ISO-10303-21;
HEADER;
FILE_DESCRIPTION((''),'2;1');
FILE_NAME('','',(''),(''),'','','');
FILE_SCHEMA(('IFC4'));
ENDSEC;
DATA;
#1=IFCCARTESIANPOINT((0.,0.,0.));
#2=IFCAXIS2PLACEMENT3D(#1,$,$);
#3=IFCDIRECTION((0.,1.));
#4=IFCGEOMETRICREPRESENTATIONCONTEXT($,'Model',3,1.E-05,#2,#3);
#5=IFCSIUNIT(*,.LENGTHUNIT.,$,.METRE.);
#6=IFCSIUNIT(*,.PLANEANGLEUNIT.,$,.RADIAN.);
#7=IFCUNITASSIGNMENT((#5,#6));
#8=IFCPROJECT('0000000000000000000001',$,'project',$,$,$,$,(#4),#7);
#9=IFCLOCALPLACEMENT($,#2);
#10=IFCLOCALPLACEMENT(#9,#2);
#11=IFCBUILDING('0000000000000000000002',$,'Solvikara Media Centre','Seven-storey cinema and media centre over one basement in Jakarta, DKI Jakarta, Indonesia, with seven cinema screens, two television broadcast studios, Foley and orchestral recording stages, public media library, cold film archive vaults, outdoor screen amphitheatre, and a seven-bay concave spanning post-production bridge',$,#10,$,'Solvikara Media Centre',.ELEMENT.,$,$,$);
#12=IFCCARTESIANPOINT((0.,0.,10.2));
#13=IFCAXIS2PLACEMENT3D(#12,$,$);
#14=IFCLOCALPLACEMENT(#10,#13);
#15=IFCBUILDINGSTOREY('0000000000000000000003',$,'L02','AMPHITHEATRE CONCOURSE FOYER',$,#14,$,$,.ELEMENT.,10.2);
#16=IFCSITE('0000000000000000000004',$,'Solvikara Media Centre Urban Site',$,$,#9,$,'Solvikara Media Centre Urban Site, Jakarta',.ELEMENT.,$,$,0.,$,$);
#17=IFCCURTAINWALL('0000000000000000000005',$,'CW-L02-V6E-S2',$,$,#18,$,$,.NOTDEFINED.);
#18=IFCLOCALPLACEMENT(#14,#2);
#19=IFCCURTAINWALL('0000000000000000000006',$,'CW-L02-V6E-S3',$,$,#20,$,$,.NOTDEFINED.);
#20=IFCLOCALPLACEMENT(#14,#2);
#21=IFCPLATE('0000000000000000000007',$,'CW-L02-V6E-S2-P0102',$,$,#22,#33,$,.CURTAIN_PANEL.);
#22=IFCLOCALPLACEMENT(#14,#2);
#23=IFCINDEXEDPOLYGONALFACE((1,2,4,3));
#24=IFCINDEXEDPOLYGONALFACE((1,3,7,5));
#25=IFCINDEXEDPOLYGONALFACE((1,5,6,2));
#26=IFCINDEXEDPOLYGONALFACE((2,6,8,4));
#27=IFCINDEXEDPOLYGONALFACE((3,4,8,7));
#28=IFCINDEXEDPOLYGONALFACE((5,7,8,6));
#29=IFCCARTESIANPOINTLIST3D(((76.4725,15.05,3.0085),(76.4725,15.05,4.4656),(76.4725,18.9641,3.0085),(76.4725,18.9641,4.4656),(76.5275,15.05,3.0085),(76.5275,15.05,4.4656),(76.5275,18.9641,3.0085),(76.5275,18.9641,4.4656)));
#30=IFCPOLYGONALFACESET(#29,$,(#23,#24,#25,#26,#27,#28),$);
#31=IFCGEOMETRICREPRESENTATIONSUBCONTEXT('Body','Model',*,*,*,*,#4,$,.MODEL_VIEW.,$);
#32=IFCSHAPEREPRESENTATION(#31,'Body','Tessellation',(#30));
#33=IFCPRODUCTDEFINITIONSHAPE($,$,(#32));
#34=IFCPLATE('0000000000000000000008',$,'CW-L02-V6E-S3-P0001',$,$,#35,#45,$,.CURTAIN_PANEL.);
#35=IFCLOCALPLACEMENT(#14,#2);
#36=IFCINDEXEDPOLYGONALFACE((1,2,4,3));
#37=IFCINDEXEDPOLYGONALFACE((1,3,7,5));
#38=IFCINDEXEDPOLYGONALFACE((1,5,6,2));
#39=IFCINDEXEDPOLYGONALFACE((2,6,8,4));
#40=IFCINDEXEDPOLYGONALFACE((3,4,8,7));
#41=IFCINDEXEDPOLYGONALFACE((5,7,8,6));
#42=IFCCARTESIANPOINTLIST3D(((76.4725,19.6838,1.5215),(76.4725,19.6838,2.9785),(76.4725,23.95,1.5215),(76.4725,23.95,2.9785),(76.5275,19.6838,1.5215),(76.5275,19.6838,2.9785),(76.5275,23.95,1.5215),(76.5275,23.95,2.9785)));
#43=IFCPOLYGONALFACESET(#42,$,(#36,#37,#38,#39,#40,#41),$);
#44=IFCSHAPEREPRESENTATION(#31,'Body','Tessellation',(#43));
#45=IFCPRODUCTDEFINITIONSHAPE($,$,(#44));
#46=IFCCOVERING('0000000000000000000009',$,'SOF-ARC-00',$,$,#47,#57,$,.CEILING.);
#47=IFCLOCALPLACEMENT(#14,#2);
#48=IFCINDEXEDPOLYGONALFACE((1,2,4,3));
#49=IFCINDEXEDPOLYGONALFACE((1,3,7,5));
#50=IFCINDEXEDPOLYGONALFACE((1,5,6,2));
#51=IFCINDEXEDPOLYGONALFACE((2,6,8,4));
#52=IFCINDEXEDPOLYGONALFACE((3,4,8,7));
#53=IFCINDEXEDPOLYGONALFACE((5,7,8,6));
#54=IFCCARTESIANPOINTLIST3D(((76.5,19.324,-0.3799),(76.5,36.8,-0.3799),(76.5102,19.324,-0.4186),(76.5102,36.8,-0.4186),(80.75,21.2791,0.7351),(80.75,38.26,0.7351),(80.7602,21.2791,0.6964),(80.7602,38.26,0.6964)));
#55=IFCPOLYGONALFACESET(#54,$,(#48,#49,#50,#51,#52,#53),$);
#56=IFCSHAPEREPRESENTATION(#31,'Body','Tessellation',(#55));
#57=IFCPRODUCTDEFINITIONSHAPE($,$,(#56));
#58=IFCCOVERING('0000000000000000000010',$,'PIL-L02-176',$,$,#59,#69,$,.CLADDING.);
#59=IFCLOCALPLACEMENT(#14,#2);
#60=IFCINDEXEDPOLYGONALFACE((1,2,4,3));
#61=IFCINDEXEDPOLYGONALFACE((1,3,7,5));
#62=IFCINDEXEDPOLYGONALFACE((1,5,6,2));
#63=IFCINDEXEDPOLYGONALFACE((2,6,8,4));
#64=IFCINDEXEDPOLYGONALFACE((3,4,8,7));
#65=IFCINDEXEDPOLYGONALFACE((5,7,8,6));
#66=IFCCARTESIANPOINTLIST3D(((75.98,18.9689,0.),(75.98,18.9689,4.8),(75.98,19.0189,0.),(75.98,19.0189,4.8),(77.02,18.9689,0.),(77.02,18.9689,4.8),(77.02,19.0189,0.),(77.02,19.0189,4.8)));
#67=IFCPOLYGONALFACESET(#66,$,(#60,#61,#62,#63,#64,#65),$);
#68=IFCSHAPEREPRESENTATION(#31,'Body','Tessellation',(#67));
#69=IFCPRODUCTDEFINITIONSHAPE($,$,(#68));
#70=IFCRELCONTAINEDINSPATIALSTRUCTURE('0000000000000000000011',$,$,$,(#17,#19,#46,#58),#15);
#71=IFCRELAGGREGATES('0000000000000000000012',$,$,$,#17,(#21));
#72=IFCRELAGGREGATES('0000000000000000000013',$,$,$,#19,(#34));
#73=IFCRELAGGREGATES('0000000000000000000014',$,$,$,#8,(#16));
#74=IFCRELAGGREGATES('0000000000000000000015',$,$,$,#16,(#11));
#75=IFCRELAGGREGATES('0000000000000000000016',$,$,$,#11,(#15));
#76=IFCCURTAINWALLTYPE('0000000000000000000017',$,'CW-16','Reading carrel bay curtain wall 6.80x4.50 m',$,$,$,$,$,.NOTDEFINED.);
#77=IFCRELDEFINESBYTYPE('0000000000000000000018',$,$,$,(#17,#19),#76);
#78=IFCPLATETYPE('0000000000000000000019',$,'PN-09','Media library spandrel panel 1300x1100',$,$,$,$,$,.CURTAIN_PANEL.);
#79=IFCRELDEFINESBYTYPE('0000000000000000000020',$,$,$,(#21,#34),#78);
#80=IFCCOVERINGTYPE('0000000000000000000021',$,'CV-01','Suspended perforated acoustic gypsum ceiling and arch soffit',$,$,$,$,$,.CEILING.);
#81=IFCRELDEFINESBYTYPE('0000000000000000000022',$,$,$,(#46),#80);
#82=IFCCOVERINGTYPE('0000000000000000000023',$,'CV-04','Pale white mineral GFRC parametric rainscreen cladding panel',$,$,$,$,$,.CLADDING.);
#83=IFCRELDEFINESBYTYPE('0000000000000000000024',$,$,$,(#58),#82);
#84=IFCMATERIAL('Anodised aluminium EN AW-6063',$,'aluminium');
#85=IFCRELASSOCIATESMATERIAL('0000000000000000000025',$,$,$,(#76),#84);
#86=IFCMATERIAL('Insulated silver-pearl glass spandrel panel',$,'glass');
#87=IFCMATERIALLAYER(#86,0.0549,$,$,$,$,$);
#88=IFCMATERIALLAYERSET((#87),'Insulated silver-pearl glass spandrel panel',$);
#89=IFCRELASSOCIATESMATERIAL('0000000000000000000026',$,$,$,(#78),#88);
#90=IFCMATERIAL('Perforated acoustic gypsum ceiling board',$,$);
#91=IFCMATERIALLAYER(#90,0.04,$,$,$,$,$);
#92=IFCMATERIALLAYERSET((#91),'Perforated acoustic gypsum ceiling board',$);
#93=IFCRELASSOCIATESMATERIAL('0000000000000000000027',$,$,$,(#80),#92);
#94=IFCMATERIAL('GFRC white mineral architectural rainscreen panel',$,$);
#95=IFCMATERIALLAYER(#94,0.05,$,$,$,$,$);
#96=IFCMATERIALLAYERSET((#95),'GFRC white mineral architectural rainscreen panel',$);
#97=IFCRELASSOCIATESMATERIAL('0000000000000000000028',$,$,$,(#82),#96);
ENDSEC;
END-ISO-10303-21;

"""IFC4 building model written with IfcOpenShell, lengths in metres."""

from ifc_helpers import new_model, si_unit, direction, frame, origin, origin_2d, place, context, subcontext, project, spatial, polyline, rectangle, outline, extrude, material, layer, layer_set, type_object, element, aggregate, save


model = new_model("IFC4")

# Units and contexts
model_context = context("Model", 3, precision=1e-05, world=origin(), true_north=direction((0.0, 1.0)))
body_context = subcontext(model_context, "Body", "Model", "MODEL_VIEW")
ifc_project = project(units=[si_unit("LENGTHUNIT", "METRE"), si_unit("PLANEANGLEUNIT", "RADIAN")], contexts=[model_context])

# Site, building, storey
site_placement = place(None, origin())
site = spatial("IfcSite", under=ifc_project, at=site_placement, Name="Solvikara Media Centre Urban Site", LongName="Solvikara Media Centre Urban Site, Jakarta", CompositionType="ELEMENT", RefElevation=0.0)
building_placement = place(site_placement, origin())
building = spatial("IfcBuilding", under=site, at=building_placement, Name="Solvikara Media Centre", Description="Seven-storey cinema and media centre over one basement in Jakarta, DKI Jakarta, Indonesia, with seven cinema screens, two television broadcast studios, Foley and orchestral recording stages, public media library, cold film archive vaults, outdoor screen amphitheatre, and a seven-bay concave spanning post-production bridge", LongName="Solvikara Media Centre", CompositionType="ELEMENT")
storey_placement = place(building_placement, frame((0.0, 0.0, 10.2)))
storey = spatial("IfcBuildingStorey", under=building, at=storey_placement, Name="L02", Description="AMPHITHEATRE CONCOURSE FOYER", CompositionType="ELEMENT", Elevation=10.2)

# Curtain walls
ifc_material_1 = material(Name="Anodised aluminium EN AW-6063", Category="aluminium")
curtain_wall_type = type_object("IfcCurtainWallType", Name="CW-16", Description="Reading carrel bay curtain wall 6.80x4.50 m", PredefinedType="NOTDEFINED", material=ifc_material_1)
curtain_wall_1_placement = place(storey_placement, origin())
curtain_wall_1 = element("IfcCurtainWall", 1, at=curtain_wall_1_placement, inside=storey, type_object=curtain_wall_type, Name="CW-L02-V6E-S2", PredefinedType="NOTDEFINED")
curtain_wall_2_placement = place(storey_placement, origin())
curtain_wall_2 = element("IfcCurtainWall", 2, at=curtain_wall_2_placement, inside=storey, type_object=curtain_wall_type, Name="CW-L02-V6E-S3", PredefinedType="NOTDEFINED")

# Plates
ifc_material_2 = material(Name="Insulated silver-pearl glass spandrel panel", Category="glass")
ifc_layer_1 = layer(ifc_material_2, 0.0549)
ifc_layer_set_1 = layer_set([ifc_layer_1], Name="Insulated silver-pearl glass spandrel panel")
plate_type_1 = type_object("IfcPlateType", Name="PN-09", Description="Media library spandrel panel 1300x1100", PredefinedType="CURTAIN_PANEL", material=ifc_layer_set_1)
plate_1_placement = place(storey_placement, frame((76.5, 17.0071, 3.0085), z_axis=(0.0, 0.0, 1.0), x_axis=(0.0, 1.0, 0.0)))
plate_1 = element("IfcPlate", 3, at=plate_1_placement, type_object=plate_type_1, Name="CW-L02-V6E-S2-P0102", PredefinedType="CURTAIN_PANEL", context=body_context, shape_type="SweptSolid", body=[
    extrude(rectangle(XDim=3.9141, YDim=0.0549, at=origin_2d()), origin(), (0.0, 0.0, 1.0), 1.457),
])
aggregate(curtain_wall_1, [plate_1])
plate_2_placement = place(storey_placement, frame((76.5, 21.8169, 1.5215), z_axis=(0.0, 0.0, 1.0), x_axis=(0.0, 1.0, 0.0)))
plate_2 = element("IfcPlate", 4, at=plate_2_placement, type_object=plate_type_1, Name="CW-L02-V6E-S3-P0001", PredefinedType="CURTAIN_PANEL", context=body_context, shape_type="SweptSolid", body=[
    extrude(rectangle(XDim=4.2661, YDim=0.0549, at=origin_2d()), origin(), (0.0, 0.0, 1.0), 1.457),
])
aggregate(curtain_wall_2, [plate_2])

# Coverings
ifc_material_3 = material(Name="Perforated acoustic gypsum ceiling board")
ifc_layer_2 = layer(ifc_material_3, 0.04)
ifc_layer_set_2 = layer_set([ifc_layer_2], Name="Perforated acoustic gypsum ceiling board")
covering_type_1 = type_object("IfcCoveringType", Name="CV-01", Description="Suspended perforated acoustic gypsum ceiling and arch soffit", PredefinedType="CEILING", material=ifc_layer_set_2)
covering_1_placement = place(storey_placement, frame((76.5, 19.324, -0.3799), z_axis=(-0.253763, 0.0, 0.967266), x_axis=(0.88373, 0.406532, 0.231847)))
element("IfcCovering", 5, at=covering_1_placement, inside=storey, type_object=covering_type_1, Name="SOF-ARC-00", PredefinedType="CEILING", context=body_context, shape_type="SweptSolid", body=[
    extrude(outline(polyline([(0.0, 0.0), (4.8092, 0.0), (11.7125, 15.5144), (7.1046, 15.9668), (0.0, 0.0)])), origin(), (0.0, 0.0, -1.0), 0.04),
])
ifc_material_4 = material(Name="GFRC white mineral architectural rainscreen panel")
ifc_layer_3 = layer(ifc_material_4, 0.05)
ifc_layer_set_3 = layer_set([ifc_layer_3], Name="GFRC white mineral architectural rainscreen panel")
covering_type_2 = type_object("IfcCoveringType", Name="CV-04", Description="Pale white mineral GFRC parametric rainscreen cladding panel", PredefinedType="CLADDING", material=ifc_layer_set_3)
covering_2_placement = place(storey_placement, frame((76.5, 18.9939, 0.0), z_axis=(0.0, 0.0, 1.0), x_axis=(1.0, 0.0, 0.0)))
element("IfcCovering", 6, at=covering_2_placement, inside=storey, type_object=covering_type_2, Name="PIL-L02-176", PredefinedType="CLADDING", context=body_context, shape_type="SweptSolid", body=[
    extrude(rectangle(XDim=1.04, YDim=0.05, at=origin_2d()), origin(), (0.0, 0.0, 1.0), 4.8),
])

save(model, "model.ifc")
